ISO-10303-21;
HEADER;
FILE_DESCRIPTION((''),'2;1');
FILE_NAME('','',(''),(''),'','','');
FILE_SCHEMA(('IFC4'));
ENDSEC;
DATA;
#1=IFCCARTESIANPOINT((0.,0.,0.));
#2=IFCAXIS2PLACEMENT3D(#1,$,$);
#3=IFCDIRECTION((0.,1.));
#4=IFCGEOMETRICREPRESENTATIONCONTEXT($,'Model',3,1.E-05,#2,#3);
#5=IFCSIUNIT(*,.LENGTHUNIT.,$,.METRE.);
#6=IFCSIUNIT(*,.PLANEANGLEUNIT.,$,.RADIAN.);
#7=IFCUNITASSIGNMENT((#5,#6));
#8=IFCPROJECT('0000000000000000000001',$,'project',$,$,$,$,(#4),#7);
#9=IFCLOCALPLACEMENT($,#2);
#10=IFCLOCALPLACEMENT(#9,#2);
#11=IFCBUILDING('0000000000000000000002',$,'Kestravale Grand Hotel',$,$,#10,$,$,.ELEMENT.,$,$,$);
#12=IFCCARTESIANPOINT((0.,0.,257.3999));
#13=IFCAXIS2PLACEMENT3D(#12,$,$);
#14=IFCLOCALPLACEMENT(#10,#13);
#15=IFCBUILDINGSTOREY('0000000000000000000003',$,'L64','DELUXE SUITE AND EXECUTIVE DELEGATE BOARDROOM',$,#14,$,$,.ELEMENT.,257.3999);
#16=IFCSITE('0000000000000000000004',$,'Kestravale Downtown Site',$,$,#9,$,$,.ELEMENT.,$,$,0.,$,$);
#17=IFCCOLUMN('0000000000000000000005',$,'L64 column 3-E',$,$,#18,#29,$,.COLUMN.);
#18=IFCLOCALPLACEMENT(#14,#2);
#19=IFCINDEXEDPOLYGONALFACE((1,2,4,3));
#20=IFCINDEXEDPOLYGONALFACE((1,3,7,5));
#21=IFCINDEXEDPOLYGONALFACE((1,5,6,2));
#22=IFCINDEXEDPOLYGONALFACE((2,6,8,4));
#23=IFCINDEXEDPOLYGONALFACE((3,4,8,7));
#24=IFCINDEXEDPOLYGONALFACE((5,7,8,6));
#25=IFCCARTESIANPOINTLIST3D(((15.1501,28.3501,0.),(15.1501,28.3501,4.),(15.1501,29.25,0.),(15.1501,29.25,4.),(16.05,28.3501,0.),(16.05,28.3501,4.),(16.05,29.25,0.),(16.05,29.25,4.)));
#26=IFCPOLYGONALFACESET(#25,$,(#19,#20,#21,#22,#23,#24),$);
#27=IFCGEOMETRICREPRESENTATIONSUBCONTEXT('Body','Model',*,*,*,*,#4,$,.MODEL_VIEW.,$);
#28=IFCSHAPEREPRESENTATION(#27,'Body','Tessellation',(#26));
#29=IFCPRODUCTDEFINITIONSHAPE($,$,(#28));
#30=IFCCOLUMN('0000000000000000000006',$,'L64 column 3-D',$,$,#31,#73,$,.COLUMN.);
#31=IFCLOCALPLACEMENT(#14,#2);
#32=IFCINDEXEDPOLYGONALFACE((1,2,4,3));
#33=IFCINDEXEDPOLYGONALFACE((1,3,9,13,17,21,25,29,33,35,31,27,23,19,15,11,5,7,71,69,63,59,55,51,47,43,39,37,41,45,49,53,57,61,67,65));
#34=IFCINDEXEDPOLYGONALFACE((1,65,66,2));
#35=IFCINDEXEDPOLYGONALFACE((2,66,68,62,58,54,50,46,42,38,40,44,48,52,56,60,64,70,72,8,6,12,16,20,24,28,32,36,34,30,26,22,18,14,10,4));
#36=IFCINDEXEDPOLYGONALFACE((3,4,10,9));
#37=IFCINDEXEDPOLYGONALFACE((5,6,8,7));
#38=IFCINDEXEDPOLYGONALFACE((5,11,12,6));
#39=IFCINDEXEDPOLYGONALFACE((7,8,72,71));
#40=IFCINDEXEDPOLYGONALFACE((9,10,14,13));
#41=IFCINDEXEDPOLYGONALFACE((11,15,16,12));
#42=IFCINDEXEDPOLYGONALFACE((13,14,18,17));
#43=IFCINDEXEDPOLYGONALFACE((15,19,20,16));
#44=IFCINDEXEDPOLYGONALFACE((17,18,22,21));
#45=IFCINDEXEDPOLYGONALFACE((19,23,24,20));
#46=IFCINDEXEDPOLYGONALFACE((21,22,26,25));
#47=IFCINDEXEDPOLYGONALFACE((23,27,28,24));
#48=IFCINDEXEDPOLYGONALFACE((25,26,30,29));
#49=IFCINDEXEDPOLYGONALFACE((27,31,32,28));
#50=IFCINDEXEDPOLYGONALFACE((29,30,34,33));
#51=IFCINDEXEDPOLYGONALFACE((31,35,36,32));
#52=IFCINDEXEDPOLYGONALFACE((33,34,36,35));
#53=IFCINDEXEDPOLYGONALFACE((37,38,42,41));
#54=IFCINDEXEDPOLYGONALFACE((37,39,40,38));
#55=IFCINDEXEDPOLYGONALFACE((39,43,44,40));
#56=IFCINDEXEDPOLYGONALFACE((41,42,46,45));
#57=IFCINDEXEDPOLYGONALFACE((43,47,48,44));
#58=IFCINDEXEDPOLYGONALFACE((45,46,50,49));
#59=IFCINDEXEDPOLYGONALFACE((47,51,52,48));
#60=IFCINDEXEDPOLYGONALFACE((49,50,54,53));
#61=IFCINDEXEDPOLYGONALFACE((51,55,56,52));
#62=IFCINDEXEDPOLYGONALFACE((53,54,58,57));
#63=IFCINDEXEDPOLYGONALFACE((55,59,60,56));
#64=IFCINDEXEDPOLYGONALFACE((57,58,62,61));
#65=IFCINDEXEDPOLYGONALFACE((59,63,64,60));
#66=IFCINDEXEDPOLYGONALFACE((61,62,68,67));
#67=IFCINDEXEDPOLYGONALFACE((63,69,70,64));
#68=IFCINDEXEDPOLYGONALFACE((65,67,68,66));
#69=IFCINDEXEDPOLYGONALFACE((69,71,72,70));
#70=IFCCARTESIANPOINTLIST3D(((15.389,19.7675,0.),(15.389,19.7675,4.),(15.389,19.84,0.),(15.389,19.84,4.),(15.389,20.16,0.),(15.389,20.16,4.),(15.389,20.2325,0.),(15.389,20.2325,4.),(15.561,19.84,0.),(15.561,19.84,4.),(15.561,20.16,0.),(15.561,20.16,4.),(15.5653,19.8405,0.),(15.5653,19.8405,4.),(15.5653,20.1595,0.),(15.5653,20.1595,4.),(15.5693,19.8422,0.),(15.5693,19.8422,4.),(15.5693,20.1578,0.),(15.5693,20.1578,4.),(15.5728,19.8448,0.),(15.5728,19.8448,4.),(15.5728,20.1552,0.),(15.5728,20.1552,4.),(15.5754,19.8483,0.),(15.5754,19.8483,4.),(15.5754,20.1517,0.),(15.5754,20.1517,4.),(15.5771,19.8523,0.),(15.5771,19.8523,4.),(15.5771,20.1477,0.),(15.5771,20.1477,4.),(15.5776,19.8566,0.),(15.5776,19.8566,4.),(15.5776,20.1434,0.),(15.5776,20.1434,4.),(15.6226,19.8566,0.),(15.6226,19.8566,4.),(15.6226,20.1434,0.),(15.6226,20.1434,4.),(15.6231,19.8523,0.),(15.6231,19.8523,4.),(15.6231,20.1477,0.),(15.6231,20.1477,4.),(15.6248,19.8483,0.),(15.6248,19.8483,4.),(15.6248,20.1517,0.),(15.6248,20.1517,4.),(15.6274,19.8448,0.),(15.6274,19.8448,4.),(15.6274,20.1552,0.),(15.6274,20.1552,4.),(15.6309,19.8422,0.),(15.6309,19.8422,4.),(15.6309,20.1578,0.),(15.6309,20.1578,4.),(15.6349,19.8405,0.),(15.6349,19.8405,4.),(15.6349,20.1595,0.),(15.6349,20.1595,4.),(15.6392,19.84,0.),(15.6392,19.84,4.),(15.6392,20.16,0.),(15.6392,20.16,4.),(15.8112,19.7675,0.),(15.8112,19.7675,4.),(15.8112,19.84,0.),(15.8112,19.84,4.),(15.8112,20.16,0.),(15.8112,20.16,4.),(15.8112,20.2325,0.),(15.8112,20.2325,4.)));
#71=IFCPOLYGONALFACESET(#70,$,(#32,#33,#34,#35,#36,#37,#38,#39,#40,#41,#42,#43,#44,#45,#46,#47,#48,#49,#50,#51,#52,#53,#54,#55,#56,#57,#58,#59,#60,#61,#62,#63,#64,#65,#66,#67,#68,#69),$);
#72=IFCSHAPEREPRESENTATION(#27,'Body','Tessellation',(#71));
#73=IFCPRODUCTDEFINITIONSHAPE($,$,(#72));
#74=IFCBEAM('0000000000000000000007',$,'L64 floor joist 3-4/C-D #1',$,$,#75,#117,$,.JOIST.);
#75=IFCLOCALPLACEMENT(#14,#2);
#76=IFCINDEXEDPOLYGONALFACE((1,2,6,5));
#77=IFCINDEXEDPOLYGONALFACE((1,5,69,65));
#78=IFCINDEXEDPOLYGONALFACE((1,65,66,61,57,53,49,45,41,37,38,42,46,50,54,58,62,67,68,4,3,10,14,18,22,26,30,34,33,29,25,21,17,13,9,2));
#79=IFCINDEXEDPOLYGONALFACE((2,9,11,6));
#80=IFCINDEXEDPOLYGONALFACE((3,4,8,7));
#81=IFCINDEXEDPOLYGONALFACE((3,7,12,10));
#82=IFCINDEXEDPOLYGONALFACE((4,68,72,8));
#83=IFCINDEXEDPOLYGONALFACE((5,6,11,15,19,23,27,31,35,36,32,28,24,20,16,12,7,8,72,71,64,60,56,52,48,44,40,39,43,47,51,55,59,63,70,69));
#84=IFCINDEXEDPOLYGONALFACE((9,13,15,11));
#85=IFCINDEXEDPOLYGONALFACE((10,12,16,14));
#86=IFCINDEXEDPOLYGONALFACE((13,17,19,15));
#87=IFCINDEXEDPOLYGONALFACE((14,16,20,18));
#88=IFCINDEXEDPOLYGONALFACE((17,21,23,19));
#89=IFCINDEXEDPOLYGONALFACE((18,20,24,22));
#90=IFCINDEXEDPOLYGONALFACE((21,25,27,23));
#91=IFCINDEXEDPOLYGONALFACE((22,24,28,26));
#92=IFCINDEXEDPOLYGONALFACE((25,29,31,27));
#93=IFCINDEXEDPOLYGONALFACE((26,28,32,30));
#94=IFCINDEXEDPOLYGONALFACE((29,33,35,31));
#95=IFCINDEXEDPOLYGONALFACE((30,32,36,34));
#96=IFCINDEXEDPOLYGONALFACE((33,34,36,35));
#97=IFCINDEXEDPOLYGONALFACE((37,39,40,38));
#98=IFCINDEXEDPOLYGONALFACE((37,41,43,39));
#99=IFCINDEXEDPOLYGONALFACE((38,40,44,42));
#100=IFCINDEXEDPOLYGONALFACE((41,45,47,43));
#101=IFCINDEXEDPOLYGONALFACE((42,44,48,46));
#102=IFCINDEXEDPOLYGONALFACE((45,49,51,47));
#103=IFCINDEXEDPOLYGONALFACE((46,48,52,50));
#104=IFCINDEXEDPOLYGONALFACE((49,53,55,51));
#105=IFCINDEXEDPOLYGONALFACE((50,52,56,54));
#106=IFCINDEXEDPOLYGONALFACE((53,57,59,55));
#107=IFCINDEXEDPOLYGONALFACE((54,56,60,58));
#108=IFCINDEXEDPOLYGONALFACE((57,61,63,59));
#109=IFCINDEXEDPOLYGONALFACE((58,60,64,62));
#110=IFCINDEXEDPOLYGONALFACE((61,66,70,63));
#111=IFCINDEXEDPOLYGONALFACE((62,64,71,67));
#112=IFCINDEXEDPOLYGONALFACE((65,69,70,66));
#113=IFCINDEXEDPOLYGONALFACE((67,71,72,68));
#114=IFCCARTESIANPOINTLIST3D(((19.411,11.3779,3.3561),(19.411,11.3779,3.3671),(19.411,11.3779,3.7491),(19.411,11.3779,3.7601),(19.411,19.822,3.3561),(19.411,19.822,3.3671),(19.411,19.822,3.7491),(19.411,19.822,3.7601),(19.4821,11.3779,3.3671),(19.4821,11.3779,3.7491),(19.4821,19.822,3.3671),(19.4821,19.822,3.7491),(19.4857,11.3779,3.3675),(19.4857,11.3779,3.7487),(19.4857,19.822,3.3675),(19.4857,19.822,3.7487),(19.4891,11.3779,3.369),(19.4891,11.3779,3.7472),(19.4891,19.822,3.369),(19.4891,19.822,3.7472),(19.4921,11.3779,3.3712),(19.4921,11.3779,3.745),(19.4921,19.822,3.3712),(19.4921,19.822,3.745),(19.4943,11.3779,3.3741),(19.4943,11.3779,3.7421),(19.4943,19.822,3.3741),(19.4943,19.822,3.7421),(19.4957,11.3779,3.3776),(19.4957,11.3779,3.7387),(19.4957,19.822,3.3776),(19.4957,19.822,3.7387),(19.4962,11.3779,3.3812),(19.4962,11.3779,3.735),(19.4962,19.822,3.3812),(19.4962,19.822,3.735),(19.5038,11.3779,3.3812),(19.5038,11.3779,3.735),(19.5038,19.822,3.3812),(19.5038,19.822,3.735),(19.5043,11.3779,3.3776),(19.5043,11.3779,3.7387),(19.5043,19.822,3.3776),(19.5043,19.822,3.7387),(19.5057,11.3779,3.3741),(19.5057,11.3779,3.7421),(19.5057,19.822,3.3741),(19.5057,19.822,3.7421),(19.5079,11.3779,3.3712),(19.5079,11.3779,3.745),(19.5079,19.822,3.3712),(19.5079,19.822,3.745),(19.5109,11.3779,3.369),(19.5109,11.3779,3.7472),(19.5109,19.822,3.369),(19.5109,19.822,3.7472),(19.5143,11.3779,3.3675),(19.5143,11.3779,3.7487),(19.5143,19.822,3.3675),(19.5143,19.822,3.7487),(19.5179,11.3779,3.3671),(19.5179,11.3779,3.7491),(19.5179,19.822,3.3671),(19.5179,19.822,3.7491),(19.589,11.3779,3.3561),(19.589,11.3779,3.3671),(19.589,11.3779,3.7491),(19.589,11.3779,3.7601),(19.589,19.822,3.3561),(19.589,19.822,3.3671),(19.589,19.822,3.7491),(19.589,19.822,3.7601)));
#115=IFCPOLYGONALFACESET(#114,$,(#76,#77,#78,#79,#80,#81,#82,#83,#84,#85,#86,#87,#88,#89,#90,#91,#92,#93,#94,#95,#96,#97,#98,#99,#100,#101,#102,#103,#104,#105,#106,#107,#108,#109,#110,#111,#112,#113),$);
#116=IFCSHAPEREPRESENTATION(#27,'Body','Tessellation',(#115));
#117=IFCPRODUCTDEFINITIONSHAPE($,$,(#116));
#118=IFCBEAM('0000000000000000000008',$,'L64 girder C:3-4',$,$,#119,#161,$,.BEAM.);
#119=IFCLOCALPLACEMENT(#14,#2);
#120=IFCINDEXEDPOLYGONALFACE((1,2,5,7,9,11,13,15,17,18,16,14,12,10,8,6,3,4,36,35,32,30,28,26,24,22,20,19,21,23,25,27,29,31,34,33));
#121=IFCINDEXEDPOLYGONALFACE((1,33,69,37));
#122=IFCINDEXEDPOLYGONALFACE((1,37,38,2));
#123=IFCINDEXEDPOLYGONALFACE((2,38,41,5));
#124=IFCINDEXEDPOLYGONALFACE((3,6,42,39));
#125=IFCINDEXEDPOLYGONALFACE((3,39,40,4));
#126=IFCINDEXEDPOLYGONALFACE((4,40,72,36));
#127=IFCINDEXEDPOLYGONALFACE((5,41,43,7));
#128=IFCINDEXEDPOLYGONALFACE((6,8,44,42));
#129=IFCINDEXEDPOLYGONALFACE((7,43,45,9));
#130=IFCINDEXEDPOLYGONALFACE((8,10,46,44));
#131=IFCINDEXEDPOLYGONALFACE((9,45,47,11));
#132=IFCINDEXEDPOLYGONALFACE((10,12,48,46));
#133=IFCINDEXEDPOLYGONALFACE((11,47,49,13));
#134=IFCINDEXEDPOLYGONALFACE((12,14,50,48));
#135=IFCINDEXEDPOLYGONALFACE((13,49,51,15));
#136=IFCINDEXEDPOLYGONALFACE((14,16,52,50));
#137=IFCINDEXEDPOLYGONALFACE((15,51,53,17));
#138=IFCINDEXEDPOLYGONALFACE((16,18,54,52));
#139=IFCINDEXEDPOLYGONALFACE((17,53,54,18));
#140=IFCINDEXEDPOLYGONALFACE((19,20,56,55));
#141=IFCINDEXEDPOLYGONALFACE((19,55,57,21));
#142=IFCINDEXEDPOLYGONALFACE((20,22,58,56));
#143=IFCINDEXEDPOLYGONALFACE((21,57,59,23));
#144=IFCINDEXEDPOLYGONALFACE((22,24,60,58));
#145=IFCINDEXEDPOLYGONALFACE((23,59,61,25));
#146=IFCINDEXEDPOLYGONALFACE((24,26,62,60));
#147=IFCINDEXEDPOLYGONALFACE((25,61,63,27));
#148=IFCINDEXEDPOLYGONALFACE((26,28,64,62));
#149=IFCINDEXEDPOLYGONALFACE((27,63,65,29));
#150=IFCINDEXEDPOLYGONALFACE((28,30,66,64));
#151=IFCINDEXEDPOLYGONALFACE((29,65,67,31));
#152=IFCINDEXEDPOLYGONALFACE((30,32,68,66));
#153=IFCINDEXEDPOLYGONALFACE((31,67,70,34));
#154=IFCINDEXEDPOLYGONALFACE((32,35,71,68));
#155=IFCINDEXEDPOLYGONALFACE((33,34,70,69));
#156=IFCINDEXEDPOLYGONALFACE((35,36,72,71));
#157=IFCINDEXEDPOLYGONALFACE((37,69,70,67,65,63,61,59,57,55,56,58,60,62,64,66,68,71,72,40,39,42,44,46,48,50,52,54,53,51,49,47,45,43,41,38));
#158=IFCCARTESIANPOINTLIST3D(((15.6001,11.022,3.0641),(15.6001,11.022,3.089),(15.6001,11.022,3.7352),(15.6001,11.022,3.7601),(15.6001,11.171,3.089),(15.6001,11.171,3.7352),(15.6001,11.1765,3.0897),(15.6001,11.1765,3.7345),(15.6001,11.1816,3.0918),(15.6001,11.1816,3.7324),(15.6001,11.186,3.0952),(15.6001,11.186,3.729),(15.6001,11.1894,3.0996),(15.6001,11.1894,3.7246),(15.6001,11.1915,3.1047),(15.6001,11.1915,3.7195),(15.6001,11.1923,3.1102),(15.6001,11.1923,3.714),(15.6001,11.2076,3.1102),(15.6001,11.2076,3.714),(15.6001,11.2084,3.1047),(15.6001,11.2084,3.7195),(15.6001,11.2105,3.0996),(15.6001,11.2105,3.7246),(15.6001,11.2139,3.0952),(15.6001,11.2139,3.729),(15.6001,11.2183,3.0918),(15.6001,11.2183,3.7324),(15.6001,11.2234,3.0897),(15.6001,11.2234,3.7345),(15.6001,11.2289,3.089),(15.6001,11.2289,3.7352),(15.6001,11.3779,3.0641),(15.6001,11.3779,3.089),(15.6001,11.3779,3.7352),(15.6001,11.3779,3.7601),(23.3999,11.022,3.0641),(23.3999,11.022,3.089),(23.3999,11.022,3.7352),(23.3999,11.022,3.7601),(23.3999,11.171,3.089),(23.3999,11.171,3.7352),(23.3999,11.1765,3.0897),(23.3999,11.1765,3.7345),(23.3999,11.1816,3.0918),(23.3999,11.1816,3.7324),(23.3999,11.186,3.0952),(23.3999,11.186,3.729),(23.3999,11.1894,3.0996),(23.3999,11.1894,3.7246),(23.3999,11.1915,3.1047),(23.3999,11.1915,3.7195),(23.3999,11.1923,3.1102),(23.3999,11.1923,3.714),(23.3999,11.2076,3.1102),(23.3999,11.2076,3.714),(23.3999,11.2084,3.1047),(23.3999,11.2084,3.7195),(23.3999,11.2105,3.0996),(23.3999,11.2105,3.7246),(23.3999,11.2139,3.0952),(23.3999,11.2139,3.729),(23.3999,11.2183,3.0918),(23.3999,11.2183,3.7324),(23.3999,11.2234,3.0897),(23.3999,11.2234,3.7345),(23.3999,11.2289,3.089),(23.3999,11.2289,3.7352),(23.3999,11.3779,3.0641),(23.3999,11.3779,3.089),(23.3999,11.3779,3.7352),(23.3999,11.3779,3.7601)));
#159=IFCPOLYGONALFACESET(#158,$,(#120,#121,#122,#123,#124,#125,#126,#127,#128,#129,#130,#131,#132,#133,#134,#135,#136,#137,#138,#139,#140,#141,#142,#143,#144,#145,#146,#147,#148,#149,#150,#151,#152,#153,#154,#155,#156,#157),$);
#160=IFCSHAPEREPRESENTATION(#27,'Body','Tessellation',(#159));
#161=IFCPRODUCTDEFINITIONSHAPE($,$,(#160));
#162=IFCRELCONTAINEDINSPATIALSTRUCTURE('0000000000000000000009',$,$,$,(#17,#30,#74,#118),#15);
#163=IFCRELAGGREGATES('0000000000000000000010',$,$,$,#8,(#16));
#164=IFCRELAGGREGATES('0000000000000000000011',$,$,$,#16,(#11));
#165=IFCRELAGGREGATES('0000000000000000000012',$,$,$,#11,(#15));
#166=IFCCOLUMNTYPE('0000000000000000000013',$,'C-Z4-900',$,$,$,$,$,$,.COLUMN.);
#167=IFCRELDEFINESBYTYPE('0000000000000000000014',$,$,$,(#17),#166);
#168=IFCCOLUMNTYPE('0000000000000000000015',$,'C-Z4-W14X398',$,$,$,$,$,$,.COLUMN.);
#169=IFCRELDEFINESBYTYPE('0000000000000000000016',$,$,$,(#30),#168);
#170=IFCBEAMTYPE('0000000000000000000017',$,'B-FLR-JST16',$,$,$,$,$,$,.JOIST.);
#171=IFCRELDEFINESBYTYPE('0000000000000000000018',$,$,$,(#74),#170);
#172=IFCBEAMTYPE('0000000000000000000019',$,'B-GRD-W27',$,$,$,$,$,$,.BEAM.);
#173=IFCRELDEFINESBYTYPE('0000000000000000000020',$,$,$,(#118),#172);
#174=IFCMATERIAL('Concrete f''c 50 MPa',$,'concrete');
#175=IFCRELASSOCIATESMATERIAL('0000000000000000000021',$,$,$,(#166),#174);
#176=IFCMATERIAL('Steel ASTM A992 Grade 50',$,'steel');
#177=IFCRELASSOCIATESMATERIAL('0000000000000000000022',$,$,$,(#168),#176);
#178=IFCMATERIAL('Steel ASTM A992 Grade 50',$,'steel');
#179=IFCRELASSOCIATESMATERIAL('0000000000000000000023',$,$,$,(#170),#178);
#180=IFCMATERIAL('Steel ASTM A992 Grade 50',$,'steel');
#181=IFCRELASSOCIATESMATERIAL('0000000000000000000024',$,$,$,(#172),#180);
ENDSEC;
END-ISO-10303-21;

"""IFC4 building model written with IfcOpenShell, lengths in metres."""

from ifc_helpers import new_model, si_unit, direction, frame, origin, origin_2d, place, context, subcontext, project, spatial, rectangle, i_section, extrude, material, material_profile, profile_set, type_object, element, save


model = new_model("IFC4")

# Units and contexts
model_context = context("Model", 3, precision=1e-05, world=origin(), true_north=direction((0.0, 1.0)))
body_context = subcontext(model_context, "Body", "Model", "MODEL_VIEW")
ifc_project = project(units=[si_unit("LENGTHUNIT", "METRE"), si_unit("PLANEANGLEUNIT", "RADIAN")], contexts=[model_context])

# Site, building, storey
site_placement = place(None, origin())
site = spatial("IfcSite", under=ifc_project, at=site_placement, Name="Kestravale Downtown Site", CompositionType="ELEMENT", RefElevation=0.0)
building_placement = place(site_placement, origin())
building = spatial("IfcBuilding", under=site, at=building_placement, Name="Kestravale Grand Hotel", CompositionType="ELEMENT")
storey_placement = place(building_placement, frame((0.0, 0.0, 257.3999)))
storey = spatial("IfcBuildingStorey", under=building, at=storey_placement, Name="L64", Description="DELUXE SUITE AND EXECUTIVE DELEGATE BOARDROOM", CompositionType="ELEMENT", Elevation=257.3999)

# Columns
ifc_material_1 = material(Name="Concrete f'c 50 MPa", Category="concrete")
ifc_material_profile_1 = material_profile(ifc_material_1, rectangle(XDim=0.8999, YDim=0.8999, at=origin_2d()))
ifc_profile_set_1 = profile_set([ifc_material_profile_1], Name="Concrete f'c 50 MPa")
column_type_1 = type_object("IfcColumnType", Name="C-Z4-900", PredefinedType="COLUMN", material=ifc_profile_set_1)
column_1_placement = place(storey_placement, frame((15.6001, 28.8, 0.0), z_axis=(0.0, 0.0, 1.0), x_axis=(1.0, 0.0, 0.0)))
element("IfcColumn", 1, at=column_1_placement, inside=storey, type_object=column_type_1, Name="L64 column 3-E", PredefinedType="COLUMN", context=body_context, shape_type="SweptSolid", body=[
    extrude(rectangle(XDim=0.8999, YDim=0.8999, at=origin_2d()), origin(), (0.0, 0.0, 1.0), 4.0),
])
ifc_material_2 = material(Name="Steel ASTM A992 Grade 50", Category="steel")
ifc_material_profile_2 = material_profile(ifc_material_2, i_section(OverallWidth=0.4221, OverallDepth=0.4651, WebThickness=0.0449, FlangeThickness=0.0725, FilletRadius=0.0166, at=origin_2d()))
ifc_profile_set_2 = profile_set([ifc_material_profile_2], Name="Steel ASTM A992 Grade 50")
column_type_2 = type_object("IfcColumnType", Name="C-Z4-W14X398", PredefinedType="COLUMN", material=ifc_profile_set_2)
column_2_placement = place(storey_placement, frame((15.6001, 20.0, 0.0), z_axis=(0.0, 0.0, 1.0), x_axis=(1.0, 0.0, 0.0)))
element("IfcColumn", 2, at=column_2_placement, inside=storey, type_object=column_type_2, Name="L64 column 3-D", PredefinedType="COLUMN", context=body_context, shape_type="SweptSolid", body=[
    extrude(i_section(OverallWidth=0.4221, OverallDepth=0.4651, WebThickness=0.0449, FlangeThickness=0.0725, FilletRadius=0.0166, at=origin_2d()), origin(), (0.0, 0.0, 1.0), 4.0),
])

# Beams
ifc_material_3 = material(Name="Steel ASTM A992 Grade 50", Category="steel")
ifc_material_profile_3 = material_profile(ifc_material_3, i_section(OverallWidth=0.178, OverallDepth=0.4041, WebThickness=0.0076, FlangeThickness=0.011, FilletRadius=0.0142, at=origin_2d()))
ifc_profile_set_3 = profile_set([ifc_material_profile_3], Name="Steel ASTM A992 Grade 50")
beam_type_1 = type_object("IfcBeamType", Name="B-FLR-JST16", PredefinedType="JOIST", material=ifc_profile_set_3)
beam_1_placement = place(storey_placement, frame((19.5, 11.3779, 3.5581), z_axis=(0.0, 1.0, 0.0), x_axis=(-1.0, 0.0, 0.0)))
element("IfcBeam", 3, at=beam_1_placement, inside=storey, type_object=beam_type_1, Name="L64 floor joist 3-4/C-D #1", PredefinedType="JOIST", context=body_context, shape_type="SweptSolid", body=[
    extrude(i_section(OverallWidth=0.178, OverallDepth=0.4041, WebThickness=0.0076, FlangeThickness=0.011, FilletRadius=0.0142, at=origin_2d()), origin(), (0.0, 0.0, 1.0), 8.4441),
])
ifc_material_4 = material(Name="Steel ASTM A992 Grade 50", Category="steel")
ifc_material_profile_4 = material_profile(ifc_material_4, i_section(OverallWidth=0.356, OverallDepth=0.696, WebThickness=0.0154, FlangeThickness=0.0249, FilletRadius=0.0212, at=origin_2d()))
ifc_profile_set_4 = profile_set([ifc_material_profile_4], Name="Steel ASTM A992 Grade 50")
beam_type_2 = type_object("IfcBeamType", Name="B-GRD-W27", PredefinedType="BEAM", material=ifc_profile_set_4)
for number, where, z_axis, x_axis, name in (
    (4, (15.6001, 11.2, 3.4121), (1.0, 0.0, 0.0), (0.0, 1.0, 0.0), "L64 girder C:3-4"),
):
    element("IfcBeam", number, at=place(storey_placement, frame(where, z_axis=z_axis, x_axis=x_axis)), inside=storey, type_object=beam_type_2, Name=name, PredefinedType="BEAM", context=body_context, shape_type="SweptSolid", body=[
        extrude(i_section(OverallWidth=0.356, OverallDepth=0.696, WebThickness=0.0154, FlangeThickness=0.0249, FilletRadius=0.0212, at=origin_2d()), origin(), (0.0, 0.0, 1.0), 7.7998),
    ])

save(model, "model.ifc")
